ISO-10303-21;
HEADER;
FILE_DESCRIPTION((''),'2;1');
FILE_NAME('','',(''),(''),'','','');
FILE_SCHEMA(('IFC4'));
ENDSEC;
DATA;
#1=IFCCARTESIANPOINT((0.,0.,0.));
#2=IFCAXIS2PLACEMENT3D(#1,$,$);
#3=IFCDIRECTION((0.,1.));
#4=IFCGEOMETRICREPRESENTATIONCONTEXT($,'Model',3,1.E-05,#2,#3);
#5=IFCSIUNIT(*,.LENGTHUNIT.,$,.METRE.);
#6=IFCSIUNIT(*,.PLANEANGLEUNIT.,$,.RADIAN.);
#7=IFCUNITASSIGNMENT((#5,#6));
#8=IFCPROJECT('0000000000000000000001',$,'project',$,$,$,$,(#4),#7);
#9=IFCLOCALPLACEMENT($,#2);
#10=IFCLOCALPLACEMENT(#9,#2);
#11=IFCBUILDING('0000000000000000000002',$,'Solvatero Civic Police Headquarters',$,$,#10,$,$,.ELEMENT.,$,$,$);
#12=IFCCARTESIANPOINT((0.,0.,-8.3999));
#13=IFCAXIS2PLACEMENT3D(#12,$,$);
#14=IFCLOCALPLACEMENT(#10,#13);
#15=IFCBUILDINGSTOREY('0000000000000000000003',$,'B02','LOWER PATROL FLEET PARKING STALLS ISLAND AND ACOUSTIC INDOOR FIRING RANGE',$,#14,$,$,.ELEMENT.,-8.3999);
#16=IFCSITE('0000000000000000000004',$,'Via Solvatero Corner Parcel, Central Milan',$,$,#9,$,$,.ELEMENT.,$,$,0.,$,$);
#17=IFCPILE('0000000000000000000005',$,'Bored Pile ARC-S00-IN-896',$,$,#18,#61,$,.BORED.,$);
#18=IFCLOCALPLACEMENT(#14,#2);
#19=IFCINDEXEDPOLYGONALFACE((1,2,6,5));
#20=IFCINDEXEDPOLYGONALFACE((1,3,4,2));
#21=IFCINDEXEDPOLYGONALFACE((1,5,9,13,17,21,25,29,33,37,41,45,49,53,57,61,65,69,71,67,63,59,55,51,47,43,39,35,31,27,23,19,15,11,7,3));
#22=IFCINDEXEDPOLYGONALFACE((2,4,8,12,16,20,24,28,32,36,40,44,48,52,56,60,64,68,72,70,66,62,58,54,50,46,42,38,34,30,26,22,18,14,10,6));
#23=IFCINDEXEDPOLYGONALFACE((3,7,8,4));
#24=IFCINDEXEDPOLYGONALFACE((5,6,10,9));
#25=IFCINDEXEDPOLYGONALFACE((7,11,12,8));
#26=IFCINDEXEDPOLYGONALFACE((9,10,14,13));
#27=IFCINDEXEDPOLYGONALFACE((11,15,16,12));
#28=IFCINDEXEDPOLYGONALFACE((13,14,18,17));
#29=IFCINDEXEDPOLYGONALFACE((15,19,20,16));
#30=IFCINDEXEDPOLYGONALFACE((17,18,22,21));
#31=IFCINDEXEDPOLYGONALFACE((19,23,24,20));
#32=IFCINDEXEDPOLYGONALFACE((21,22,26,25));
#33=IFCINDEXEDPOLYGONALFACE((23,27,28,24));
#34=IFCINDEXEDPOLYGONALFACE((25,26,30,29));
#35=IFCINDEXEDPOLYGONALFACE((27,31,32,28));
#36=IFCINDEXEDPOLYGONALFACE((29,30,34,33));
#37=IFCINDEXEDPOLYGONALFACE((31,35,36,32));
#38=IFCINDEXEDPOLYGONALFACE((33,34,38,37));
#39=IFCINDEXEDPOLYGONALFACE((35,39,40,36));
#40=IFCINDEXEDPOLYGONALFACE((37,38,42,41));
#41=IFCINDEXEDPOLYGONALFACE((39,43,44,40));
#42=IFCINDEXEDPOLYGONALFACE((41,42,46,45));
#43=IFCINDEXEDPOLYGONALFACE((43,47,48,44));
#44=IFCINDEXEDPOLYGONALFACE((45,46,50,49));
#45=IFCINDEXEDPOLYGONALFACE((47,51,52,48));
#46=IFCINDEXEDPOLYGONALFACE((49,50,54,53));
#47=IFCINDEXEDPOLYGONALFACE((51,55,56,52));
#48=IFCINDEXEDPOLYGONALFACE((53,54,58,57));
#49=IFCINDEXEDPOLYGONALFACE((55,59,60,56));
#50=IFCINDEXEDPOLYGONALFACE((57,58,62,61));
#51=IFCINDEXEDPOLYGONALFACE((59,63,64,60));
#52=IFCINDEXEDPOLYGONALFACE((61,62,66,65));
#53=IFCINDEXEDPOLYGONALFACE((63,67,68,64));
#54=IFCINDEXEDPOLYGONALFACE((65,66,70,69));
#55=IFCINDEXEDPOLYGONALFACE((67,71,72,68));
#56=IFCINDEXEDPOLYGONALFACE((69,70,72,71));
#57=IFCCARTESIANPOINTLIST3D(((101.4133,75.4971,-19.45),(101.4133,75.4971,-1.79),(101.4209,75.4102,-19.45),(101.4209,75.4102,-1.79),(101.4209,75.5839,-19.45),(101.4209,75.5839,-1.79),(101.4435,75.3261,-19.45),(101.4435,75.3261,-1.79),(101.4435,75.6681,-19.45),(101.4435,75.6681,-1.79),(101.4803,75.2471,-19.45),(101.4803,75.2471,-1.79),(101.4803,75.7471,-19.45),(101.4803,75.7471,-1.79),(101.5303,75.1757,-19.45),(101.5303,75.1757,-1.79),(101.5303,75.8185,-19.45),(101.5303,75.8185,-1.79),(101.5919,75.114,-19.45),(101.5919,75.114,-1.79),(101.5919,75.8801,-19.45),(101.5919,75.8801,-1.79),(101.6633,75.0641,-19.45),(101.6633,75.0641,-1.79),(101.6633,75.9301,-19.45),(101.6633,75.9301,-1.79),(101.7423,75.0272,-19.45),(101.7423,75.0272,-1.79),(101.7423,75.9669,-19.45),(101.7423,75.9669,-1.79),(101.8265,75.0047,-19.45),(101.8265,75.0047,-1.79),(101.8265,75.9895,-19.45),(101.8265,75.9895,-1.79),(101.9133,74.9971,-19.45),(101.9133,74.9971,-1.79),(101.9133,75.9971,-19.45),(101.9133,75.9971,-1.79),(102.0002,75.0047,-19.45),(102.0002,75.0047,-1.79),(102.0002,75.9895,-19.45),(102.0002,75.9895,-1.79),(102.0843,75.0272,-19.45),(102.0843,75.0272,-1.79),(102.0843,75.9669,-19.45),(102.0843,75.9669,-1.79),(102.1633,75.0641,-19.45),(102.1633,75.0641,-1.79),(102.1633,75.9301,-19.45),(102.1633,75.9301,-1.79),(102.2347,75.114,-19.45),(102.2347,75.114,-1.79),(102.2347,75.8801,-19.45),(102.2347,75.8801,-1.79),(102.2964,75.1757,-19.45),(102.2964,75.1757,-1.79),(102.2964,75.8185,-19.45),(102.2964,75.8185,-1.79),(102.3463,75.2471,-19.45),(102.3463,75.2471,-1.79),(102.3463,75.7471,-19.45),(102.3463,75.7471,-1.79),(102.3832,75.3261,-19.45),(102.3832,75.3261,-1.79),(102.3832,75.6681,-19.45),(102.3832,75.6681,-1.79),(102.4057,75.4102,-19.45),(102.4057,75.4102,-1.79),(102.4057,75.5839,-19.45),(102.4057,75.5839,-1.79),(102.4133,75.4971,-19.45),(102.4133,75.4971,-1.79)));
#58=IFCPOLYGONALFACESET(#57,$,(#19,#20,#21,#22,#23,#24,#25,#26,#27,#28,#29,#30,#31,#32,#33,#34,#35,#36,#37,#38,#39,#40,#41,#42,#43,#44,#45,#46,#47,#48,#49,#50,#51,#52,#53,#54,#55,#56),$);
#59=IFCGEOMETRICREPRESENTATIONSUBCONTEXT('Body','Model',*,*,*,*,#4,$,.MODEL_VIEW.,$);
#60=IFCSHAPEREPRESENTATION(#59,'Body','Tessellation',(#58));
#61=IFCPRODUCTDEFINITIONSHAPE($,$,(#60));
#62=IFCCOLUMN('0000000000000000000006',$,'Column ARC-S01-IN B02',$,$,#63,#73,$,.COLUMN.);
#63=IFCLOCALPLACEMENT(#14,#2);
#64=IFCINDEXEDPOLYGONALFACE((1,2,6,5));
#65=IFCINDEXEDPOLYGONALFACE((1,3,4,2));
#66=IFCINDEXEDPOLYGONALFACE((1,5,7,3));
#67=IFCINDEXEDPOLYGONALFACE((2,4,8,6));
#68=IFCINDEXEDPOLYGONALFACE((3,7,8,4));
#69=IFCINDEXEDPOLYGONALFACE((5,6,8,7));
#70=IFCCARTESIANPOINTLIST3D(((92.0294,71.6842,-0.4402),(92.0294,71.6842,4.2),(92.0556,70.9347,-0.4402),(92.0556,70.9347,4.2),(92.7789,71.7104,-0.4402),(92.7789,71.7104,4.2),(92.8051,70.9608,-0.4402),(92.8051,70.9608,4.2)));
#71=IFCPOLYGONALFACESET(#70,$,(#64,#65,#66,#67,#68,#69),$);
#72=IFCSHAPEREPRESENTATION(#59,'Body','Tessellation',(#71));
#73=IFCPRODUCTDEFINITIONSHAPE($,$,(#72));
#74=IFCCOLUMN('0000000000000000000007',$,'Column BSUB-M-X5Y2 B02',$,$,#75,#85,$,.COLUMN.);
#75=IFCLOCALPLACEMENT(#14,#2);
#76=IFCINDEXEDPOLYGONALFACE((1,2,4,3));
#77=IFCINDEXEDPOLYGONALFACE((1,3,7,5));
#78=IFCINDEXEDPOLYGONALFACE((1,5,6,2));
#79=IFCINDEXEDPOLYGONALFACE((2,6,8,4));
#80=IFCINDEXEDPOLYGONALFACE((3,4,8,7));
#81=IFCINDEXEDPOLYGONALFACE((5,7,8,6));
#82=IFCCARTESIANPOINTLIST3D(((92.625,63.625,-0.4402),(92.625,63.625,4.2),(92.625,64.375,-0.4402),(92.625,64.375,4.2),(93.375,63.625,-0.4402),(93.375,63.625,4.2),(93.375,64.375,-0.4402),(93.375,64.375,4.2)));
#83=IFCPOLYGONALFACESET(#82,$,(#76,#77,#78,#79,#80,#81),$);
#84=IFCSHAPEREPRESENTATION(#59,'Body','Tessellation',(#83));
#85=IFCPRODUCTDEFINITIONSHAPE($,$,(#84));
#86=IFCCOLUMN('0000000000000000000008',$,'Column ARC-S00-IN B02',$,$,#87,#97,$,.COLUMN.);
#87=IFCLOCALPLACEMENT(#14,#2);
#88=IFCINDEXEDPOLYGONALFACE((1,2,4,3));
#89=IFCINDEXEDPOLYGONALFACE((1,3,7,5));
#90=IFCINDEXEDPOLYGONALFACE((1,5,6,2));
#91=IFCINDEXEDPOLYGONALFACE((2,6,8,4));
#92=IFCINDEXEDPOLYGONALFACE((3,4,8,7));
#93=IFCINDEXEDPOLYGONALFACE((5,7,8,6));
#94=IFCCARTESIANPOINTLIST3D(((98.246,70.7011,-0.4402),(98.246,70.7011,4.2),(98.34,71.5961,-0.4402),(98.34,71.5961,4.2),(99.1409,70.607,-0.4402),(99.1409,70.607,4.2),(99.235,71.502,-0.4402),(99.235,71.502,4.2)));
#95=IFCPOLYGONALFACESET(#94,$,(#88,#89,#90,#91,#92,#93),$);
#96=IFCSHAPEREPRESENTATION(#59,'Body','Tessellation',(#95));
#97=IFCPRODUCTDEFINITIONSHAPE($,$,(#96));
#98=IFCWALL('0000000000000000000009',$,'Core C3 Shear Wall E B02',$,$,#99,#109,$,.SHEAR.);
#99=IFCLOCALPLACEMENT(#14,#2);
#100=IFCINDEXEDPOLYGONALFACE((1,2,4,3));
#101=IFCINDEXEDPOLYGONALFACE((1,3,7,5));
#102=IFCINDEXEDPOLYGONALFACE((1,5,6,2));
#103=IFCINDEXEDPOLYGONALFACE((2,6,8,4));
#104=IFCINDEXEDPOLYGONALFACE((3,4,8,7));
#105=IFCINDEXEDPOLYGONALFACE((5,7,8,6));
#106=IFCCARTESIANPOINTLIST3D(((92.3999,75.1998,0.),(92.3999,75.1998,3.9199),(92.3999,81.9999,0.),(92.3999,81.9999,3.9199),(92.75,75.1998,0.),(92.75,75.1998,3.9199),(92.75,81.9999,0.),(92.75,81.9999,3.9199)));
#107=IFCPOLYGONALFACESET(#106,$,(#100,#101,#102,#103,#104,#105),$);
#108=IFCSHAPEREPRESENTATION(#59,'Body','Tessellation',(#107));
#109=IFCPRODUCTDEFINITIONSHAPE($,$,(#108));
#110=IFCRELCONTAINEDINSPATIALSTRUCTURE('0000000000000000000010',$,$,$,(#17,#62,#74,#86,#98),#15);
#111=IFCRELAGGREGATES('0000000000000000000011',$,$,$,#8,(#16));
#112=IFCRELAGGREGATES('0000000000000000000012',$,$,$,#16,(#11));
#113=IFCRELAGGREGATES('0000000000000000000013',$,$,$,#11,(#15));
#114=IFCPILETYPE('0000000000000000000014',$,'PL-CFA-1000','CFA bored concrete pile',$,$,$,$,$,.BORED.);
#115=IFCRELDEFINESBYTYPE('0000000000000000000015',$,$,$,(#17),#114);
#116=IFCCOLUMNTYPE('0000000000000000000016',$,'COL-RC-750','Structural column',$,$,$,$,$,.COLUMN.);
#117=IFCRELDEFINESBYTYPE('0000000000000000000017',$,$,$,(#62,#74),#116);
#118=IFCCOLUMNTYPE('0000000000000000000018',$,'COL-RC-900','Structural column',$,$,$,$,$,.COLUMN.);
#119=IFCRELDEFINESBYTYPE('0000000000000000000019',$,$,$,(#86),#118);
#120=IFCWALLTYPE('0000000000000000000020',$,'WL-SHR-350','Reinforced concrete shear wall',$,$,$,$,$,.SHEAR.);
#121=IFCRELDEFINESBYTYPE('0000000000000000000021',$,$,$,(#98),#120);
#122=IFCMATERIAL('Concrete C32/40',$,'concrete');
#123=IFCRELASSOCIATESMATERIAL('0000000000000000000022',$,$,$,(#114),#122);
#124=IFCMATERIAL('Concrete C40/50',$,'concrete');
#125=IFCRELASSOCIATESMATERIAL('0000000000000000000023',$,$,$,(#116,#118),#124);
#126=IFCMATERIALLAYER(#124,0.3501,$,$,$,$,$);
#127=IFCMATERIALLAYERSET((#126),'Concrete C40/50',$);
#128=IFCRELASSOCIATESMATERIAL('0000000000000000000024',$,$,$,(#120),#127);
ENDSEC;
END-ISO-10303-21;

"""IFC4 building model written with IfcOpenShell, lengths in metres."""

from ifc_helpers import new_model, si_unit, direction, frame, frame_2d, origin, origin_2d, place, context, subcontext, project, spatial, rectangle, circle, extrude, material, layer, layer_set, material_profile, profile_set, type_object, element, save


model = new_model("IFC4")

# Units and contexts
model_context = context("Model", 3, precision=1e-05, world=origin(), true_north=direction((0.0, 1.0)))
body_context = subcontext(model_context, "Body", "Model", "MODEL_VIEW")
ifc_project = project(units=[si_unit("LENGTHUNIT", "METRE"), si_unit("PLANEANGLEUNIT", "RADIAN")], contexts=[model_context])

# Site, building, storey
site_placement = place(None, origin())
site = spatial("IfcSite", under=ifc_project, at=site_placement, Name="Via Solvatero Corner Parcel, Central Milan", CompositionType="ELEMENT", RefElevation=0.0)
building_placement = place(site_placement, origin())
building = spatial("IfcBuilding", under=site, at=building_placement, Name="Solvatero Civic Police Headquarters", CompositionType="ELEMENT")
storey_placement = place(building_placement, frame((0.0, 0.0, -8.3999)))
storey = spatial("IfcBuildingStorey", under=building, at=storey_placement, Name="B02", Description="LOWER PATROL FLEET PARKING STALLS ISLAND AND ACOUSTIC INDOOR FIRING RANGE", CompositionType="ELEMENT", Elevation=-8.3999)

# Pile
ifc_material_1 = material(Name="Concrete C32/40", Category="concrete")
ifc_material_profile_1 = material_profile(ifc_material_1, circle(Radius=0.5, at=origin_2d()), Name="CFA PILE D1000")
ifc_profile_set_1 = profile_set([ifc_material_profile_1], Name="Concrete C32/40")
pile_type = type_object("IfcPileType", Name="PL-CFA-1000", Description="CFA bored concrete pile", PredefinedType="BORED", material=ifc_profile_set_1)
for number, where, z_axis, x_axis, name in (
    (1, (101.9133, 75.4971, -1.79), (0.0, 0.0, -1.0), (1.0, 0.0, 0.0), "Bored Pile ARC-S00-IN-896"),
):
    element("IfcPile", number, at=place(storey_placement, frame(where, z_axis=z_axis, x_axis=x_axis)), inside=storey, type_object=pile_type, Name=name, PredefinedType="BORED", context=body_context, shape_type="SweptSolid", body=[
        extrude(circle(Radius=0.5, at=origin_2d()), origin(), (0.0, 0.0, 1.0), 17.6599),
    ])

# Columns
ifc_material_2 = material(Name="Concrete C40/50", Category="concrete")
ifc_material_profile_2 = material_profile(ifc_material_2, rectangle(XDim=0.75, YDim=0.75, at=origin_2d()), Name="RC 750x750")
ifc_profile_set_2 = profile_set([ifc_material_profile_2], Name="Concrete C40/50")
column_type_1 = type_object("IfcColumnType", Name="COL-RC-750", Description="Structural column", PredefinedType="COLUMN", material=ifc_profile_set_2)
for number, where, z_axis, x_axis, name in (
    (2, (92.4172, 71.3225, -0.4402), (0.0, 0.0, 1.0), (0.999391, 0.034899, 0.0), "Column ARC-S01-IN B02"),
    (3, (93.0, 64.0, -0.4402), (0.0, 0.0, 1.0), (1.0, 0.0, 0.0), "Column BSUB-M-X5Y2 B02"),
):
    element("IfcColumn", number, at=place(storey_placement, frame(where, z_axis=z_axis, x_axis=x_axis)), inside=storey, type_object=column_type_1, Name=name, PredefinedType="COLUMN", context=body_context, shape_type="SweptSolid", body=[
        extrude(rectangle(XDim=0.75, YDim=0.75, at=origin_2d()), origin(), (0.0, 0.0, 1.0), 4.6401),
    ])
ifc_material_profile_3 = material_profile(ifc_material_2, rectangle(XDim=0.8999, YDim=0.8999, at=origin_2d()), Name="RC 900x900")
ifc_profile_set_3 = profile_set([ifc_material_profile_3], Name="Concrete C40/50")
column_type_2 = type_object("IfcColumnType", Name="COL-RC-900", Description="Structural column", PredefinedType="COLUMN", material=ifc_profile_set_3)
column_placement = place(storey_placement, frame((98.7405, 71.1016, -0.4402), z_axis=(0.0, 0.0, 1.0), x_axis=(0.994522, -0.104528, 0.0)))
element("IfcColumn", 4, at=column_placement, inside=storey, type_object=column_type_2, Name="Column ARC-S00-IN B02", PredefinedType="COLUMN", context=body_context, shape_type="SweptSolid", body=[
    extrude(rectangle(XDim=0.8999, YDim=0.8999, at=origin_2d()), origin(), (0.0, 0.0, 1.0), 4.6401),
])

# Wall
ifc_layer = layer(ifc_material_2, 0.3501)
ifc_layer_set = layer_set([ifc_layer], Name="Concrete C40/50")
wall_type = type_object("IfcWallType", Name="WL-SHR-350", Description="Reinforced concrete shear wall", PredefinedType="SHEAR", material=ifc_layer_set)
wall_placement = place(storey_placement, frame((92.575, 75.2, 0.0), z_axis=(0.0, 0.0, 1.0), x_axis=(0.0, 1.0, 0.0)))
element("IfcWall", 5, at=wall_placement, inside=storey, type_object=wall_type, Name="Core C3 Shear Wall E B02", PredefinedType="SHEAR", context=body_context, shape_type="SweptSolid", body=[
    extrude(rectangle(XDim=6.8, YDim=0.3501, at=frame_2d((3.3999, 0.0))), origin(), (0.0, 0.0, 1.0), 3.9199),
])

save(model, "model.ifc")
